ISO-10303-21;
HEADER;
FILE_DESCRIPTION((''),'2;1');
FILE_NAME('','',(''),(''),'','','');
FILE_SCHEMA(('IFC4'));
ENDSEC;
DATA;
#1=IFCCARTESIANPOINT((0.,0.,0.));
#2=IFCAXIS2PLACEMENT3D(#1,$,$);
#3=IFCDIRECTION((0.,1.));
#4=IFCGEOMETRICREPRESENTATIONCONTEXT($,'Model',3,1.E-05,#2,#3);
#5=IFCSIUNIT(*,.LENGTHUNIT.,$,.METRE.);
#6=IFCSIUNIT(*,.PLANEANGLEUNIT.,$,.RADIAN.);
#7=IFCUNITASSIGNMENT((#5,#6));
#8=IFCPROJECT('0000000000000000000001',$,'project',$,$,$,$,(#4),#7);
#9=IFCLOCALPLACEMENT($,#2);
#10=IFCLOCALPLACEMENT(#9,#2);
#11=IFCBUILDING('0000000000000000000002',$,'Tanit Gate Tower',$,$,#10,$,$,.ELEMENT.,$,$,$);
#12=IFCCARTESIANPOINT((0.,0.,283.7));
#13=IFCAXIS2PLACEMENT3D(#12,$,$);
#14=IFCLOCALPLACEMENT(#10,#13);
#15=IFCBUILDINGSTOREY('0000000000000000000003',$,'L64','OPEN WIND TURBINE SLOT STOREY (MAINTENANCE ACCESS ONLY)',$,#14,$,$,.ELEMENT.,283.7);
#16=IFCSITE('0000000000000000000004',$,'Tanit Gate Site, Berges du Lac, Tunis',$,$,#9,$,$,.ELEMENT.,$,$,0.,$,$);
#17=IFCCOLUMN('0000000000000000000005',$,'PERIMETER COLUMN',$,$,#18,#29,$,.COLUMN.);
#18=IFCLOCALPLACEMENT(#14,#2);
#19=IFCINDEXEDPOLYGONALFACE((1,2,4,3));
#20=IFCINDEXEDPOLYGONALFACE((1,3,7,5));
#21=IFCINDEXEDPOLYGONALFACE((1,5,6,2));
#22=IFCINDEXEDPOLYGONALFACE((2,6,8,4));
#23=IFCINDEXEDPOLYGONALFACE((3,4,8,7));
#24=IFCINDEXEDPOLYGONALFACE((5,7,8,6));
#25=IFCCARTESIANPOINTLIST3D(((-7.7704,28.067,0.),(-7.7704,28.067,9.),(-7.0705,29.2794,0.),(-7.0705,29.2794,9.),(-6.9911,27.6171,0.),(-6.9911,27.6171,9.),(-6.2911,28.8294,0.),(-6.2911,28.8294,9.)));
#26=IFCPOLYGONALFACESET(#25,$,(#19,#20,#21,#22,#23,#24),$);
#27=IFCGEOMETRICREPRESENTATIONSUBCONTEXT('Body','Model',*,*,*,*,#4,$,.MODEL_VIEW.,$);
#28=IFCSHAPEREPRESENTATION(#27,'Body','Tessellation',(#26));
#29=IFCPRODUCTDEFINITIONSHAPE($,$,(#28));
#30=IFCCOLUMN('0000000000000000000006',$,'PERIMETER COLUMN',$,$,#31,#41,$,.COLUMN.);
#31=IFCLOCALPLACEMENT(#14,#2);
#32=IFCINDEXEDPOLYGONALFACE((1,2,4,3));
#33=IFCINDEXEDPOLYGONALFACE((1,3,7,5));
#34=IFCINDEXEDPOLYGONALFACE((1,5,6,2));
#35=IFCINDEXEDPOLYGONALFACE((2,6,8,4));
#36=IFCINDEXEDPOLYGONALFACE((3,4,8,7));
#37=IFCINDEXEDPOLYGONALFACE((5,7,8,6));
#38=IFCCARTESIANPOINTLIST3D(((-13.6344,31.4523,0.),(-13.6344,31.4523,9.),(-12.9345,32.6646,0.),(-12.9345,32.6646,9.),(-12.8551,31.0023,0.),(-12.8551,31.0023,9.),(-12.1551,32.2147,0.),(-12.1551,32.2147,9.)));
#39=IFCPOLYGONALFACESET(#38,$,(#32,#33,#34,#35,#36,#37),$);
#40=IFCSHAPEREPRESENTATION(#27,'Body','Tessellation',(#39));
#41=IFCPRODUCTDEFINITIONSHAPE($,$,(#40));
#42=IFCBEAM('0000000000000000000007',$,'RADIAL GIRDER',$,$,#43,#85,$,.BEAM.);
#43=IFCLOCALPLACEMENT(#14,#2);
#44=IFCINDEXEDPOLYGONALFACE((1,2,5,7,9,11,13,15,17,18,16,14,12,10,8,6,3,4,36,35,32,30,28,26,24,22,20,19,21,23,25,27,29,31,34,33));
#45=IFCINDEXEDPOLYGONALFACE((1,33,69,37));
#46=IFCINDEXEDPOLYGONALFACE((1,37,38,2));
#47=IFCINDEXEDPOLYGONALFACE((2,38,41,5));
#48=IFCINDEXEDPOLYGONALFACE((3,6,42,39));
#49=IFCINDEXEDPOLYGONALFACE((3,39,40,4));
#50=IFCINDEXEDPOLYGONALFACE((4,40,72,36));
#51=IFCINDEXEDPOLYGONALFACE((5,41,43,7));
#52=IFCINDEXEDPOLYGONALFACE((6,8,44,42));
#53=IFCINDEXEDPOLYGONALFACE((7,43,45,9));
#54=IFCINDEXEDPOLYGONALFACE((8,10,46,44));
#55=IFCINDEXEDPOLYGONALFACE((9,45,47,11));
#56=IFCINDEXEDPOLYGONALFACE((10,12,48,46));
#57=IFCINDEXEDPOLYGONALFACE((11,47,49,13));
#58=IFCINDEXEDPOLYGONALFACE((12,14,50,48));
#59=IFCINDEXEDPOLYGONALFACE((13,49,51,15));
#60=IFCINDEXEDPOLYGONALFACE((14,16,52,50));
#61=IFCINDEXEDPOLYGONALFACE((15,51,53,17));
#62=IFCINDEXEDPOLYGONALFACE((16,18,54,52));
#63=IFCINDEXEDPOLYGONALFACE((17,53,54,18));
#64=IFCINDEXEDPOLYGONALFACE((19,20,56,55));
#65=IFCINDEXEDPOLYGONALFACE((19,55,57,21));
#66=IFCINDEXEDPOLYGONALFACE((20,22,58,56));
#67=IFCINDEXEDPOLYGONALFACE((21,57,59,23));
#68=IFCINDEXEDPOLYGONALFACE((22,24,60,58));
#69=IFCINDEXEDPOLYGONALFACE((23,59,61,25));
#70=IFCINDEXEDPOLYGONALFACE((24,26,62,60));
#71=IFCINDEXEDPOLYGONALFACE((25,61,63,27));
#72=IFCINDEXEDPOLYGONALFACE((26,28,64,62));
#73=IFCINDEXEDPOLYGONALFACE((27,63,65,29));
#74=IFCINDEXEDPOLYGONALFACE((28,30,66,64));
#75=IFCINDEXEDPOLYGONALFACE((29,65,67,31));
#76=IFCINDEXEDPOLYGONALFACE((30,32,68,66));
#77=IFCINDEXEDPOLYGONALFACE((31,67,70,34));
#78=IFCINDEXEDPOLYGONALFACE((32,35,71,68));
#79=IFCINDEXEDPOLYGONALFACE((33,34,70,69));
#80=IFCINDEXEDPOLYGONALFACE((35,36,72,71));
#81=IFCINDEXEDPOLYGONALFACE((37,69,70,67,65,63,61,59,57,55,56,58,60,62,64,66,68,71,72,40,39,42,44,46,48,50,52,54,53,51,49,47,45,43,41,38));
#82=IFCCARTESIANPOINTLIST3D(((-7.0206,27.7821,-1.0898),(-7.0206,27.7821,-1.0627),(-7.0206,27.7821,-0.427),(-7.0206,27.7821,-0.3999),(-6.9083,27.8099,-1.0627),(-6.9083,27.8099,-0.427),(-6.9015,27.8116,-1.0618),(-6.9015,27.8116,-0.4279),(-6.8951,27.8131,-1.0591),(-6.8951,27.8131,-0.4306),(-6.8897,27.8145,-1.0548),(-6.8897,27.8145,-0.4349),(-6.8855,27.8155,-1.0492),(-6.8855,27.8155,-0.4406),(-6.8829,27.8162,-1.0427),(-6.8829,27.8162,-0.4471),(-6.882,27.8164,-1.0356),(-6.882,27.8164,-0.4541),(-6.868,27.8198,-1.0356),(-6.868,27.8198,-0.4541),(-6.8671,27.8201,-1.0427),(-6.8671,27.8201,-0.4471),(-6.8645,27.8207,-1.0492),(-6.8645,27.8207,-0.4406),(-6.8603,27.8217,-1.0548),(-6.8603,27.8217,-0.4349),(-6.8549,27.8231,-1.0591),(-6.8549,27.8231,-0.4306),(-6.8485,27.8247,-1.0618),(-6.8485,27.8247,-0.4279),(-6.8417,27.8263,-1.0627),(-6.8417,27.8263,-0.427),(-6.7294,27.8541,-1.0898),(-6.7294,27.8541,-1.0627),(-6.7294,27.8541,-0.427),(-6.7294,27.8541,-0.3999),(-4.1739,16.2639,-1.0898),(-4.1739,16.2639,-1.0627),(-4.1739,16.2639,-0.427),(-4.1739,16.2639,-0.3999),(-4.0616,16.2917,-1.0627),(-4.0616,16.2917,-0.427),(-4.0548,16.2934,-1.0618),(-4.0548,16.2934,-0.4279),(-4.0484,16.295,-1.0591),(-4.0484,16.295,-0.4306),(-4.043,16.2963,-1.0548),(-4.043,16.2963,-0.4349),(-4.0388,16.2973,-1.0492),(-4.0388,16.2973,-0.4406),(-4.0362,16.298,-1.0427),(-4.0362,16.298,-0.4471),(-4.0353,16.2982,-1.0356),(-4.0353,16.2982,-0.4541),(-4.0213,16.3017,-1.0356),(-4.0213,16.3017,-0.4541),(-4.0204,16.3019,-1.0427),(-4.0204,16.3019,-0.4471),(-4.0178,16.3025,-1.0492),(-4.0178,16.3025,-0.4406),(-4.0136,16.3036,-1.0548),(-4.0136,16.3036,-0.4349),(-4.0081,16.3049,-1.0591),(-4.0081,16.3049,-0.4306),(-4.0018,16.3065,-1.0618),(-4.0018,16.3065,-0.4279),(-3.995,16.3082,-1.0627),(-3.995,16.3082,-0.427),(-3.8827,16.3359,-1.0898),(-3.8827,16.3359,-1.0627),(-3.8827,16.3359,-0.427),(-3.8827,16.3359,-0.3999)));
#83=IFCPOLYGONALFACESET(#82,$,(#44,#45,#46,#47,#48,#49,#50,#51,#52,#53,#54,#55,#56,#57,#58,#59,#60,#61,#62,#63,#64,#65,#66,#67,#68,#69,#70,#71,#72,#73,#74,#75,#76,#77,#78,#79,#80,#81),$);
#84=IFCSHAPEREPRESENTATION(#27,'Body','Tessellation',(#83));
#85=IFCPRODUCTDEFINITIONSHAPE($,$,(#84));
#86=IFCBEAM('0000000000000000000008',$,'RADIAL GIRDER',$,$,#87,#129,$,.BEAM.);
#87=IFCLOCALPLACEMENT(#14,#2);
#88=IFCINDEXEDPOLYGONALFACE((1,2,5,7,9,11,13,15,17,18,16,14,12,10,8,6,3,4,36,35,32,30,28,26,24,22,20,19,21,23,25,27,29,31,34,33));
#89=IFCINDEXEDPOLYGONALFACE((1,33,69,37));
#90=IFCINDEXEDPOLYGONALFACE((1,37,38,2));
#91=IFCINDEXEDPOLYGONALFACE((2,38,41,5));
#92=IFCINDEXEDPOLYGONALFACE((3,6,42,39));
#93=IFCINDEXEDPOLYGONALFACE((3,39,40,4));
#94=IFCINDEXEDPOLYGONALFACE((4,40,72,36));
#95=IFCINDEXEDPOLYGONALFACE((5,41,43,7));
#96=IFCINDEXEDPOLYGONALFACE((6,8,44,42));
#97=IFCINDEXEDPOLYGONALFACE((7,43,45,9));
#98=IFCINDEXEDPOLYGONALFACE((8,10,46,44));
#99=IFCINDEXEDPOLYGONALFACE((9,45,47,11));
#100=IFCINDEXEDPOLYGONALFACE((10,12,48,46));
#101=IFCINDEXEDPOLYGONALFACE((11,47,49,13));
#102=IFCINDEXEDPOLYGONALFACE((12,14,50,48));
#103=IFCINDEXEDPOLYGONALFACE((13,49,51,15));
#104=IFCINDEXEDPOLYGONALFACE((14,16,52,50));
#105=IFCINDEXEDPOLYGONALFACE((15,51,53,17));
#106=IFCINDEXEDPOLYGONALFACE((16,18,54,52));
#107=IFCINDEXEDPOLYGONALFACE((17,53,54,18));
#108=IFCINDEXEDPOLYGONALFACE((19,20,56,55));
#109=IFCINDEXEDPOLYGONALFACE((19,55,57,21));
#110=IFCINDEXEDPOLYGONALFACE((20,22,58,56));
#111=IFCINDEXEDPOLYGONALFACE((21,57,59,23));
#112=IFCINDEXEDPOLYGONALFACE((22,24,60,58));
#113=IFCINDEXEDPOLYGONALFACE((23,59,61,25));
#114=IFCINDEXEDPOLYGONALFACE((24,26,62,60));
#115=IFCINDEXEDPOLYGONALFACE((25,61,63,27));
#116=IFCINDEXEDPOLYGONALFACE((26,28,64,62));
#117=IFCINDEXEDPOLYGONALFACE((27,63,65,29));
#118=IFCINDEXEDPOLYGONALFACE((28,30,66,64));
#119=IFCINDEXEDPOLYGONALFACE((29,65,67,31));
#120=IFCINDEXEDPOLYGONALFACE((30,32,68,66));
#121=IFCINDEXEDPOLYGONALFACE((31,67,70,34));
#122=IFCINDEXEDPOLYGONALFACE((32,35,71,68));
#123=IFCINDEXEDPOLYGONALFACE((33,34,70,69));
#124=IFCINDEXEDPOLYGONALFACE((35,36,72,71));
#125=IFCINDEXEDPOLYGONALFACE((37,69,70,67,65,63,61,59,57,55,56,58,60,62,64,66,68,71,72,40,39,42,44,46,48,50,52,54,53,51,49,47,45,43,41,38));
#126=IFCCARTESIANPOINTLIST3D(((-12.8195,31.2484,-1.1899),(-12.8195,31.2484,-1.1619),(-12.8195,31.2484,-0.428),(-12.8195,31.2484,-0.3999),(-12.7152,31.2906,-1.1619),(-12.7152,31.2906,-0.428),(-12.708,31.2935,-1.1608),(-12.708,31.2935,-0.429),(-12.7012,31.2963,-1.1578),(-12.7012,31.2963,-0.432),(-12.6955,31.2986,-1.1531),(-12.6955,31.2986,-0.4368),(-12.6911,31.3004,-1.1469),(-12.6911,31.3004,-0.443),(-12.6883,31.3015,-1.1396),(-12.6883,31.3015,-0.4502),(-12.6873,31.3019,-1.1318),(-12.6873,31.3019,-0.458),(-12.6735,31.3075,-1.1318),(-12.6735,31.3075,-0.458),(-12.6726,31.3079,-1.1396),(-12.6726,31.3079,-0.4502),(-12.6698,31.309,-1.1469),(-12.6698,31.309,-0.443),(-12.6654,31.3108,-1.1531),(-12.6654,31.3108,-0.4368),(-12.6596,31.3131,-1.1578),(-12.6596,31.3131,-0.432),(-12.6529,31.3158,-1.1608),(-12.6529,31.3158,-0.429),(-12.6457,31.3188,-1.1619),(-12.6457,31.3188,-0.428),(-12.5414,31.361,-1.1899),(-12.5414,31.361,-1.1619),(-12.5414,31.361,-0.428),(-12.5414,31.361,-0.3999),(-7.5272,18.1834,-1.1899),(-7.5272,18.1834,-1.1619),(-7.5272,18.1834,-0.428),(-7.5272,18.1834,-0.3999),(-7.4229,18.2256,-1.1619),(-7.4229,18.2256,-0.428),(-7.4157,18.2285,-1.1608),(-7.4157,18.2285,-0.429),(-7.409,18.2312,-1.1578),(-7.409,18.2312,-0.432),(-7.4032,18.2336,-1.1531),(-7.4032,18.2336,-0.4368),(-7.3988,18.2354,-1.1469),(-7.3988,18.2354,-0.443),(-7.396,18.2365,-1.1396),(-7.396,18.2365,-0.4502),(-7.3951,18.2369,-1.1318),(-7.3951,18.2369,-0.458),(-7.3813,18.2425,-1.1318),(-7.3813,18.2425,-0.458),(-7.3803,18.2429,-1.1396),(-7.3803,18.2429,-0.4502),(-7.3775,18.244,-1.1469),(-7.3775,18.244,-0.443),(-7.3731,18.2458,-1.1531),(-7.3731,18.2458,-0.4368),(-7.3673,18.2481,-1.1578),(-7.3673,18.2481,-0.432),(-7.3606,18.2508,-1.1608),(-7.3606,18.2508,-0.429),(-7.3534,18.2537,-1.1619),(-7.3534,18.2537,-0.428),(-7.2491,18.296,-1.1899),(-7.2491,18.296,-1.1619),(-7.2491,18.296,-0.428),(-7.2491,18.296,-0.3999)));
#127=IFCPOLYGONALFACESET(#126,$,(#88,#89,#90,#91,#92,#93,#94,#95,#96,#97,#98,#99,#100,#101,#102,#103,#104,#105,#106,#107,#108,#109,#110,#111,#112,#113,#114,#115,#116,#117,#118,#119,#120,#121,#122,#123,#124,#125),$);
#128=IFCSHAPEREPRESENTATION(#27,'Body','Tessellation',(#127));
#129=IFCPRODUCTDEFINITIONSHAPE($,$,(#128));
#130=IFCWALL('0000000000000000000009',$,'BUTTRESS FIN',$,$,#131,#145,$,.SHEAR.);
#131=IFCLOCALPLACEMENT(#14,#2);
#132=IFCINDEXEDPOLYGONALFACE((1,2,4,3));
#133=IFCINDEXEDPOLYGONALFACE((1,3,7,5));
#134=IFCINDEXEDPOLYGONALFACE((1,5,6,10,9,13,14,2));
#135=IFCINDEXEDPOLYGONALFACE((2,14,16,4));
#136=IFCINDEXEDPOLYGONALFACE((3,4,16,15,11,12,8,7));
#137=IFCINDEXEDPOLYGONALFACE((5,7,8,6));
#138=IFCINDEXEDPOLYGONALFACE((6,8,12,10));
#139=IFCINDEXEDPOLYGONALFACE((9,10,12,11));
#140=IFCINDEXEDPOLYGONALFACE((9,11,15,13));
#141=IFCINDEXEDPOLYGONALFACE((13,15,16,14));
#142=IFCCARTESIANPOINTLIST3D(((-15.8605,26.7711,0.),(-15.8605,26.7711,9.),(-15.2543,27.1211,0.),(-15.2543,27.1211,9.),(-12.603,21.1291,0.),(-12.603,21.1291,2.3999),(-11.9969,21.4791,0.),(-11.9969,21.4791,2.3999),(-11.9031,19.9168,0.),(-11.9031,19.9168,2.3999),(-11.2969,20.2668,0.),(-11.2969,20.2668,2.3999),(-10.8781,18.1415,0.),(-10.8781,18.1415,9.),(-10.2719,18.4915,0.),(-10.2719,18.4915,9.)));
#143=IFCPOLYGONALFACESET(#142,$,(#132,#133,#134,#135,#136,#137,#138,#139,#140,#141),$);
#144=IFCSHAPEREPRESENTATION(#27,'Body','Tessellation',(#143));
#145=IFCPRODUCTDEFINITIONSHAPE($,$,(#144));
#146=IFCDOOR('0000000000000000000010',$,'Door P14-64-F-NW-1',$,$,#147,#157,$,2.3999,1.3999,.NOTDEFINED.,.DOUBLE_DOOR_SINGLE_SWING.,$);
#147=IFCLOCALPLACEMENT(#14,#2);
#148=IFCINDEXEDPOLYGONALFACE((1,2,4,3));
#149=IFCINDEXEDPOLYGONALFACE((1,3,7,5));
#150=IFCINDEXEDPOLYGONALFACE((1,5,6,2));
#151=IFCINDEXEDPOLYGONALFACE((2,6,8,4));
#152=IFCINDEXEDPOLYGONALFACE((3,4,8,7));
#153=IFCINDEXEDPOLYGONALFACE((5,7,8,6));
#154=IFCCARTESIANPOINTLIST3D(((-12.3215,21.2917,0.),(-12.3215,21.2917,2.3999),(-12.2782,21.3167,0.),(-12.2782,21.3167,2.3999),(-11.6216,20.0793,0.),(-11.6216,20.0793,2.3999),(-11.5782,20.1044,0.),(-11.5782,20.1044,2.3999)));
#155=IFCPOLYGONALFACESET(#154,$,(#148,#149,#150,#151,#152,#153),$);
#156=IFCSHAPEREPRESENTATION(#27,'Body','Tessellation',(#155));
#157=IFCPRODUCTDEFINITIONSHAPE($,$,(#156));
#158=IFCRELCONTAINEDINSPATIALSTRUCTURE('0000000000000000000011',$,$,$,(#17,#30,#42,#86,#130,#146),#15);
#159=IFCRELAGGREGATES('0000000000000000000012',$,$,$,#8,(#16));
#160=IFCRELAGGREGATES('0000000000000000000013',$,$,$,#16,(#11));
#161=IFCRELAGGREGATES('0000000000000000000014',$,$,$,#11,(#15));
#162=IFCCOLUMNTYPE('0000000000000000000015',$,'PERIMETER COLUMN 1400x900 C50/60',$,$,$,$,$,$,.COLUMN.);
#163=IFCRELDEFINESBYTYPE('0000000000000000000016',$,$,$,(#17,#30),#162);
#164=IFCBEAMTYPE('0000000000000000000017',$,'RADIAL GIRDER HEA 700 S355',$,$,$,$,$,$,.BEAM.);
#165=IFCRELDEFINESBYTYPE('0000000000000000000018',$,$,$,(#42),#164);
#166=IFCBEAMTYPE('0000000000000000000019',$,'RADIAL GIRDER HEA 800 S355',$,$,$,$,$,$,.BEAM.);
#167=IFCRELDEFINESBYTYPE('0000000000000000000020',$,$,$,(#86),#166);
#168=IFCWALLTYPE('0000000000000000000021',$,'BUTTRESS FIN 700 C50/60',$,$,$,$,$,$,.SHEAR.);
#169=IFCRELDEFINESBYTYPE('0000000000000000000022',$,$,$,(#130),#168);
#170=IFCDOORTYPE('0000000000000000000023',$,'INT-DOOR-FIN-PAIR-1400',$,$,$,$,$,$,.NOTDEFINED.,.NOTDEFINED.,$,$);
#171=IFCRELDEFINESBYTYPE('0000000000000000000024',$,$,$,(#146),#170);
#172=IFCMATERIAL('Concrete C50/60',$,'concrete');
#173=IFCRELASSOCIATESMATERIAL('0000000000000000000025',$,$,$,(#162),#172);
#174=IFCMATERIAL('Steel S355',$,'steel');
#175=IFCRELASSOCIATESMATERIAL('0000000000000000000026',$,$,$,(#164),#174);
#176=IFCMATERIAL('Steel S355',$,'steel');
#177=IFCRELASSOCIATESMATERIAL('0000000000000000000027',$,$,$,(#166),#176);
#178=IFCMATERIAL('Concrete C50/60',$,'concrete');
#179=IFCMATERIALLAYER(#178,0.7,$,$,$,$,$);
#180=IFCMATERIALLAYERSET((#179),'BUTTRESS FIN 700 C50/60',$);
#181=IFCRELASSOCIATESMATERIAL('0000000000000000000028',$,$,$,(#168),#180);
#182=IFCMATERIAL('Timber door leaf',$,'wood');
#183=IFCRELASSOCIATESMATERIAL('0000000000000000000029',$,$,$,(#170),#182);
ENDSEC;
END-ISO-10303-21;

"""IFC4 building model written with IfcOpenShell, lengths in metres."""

from ifc_helpers import new_model, si_unit, direction, frame, frame_2d, origin, origin_2d, place, context, subcontext, project, spatial, rectangle, i_section, extrude, material, layer, layer_set, material_profile, profile_set, type_object, element, fill, save


model = new_model("IFC4")

# Units and contexts
model_context = context("Model", 3, precision=1e-05, world=origin(), true_north=direction((0.0, 1.0)))
body_context = subcontext(model_context, "Body", "Model", "MODEL_VIEW")
ifc_project = project(units=[si_unit("LENGTHUNIT", "METRE"), si_unit("PLANEANGLEUNIT", "RADIAN")], contexts=[model_context])

# Site, building, storey
site_placement = place(None, origin())
site = spatial("IfcSite", under=ifc_project, at=site_placement, Name="Tanit Gate Site, Berges du Lac, Tunis", CompositionType="ELEMENT", RefElevation=0.0)
building_placement = place(site_placement, origin())
building = spatial("IfcBuilding", under=site, at=building_placement, Name="Tanit Gate Tower", CompositionType="ELEMENT")
storey_placement = place(building_placement, frame((0.0, 0.0, 283.7)))
storey = spatial("IfcBuildingStorey", under=building, at=storey_placement, Name="L64", Description="OPEN WIND TURBINE SLOT STOREY (MAINTENANCE ACCESS ONLY)", CompositionType="ELEMENT", Elevation=283.7)

# Columns
ifc_material_1 = material(Name="Concrete C50/60", Category="concrete")
ifc_material_profile_1 = material_profile(ifc_material_1, rectangle(XDim=1.3999, YDim=0.8999, at=origin_2d()), Name="RC 1400x900")
ifc_profile_set_1 = profile_set([ifc_material_profile_1], Name="Concrete C50/60")
column_type = type_object("IfcColumnType", Name="PERIMETER COLUMN 1400x900 C50/60", PredefinedType="COLUMN", material=ifc_profile_set_1)
for number, where, z_axis, x_axis, name in (
    (1, (-7.0308, 28.4482, 0.0), (0.0, 0.0, 1.0), (0.5, 0.866025, 0.0), "PERIMETER COLUMN"),
    (2, (-12.8948, 31.8335, 0.0), (0.0, 0.0, 1.0), (0.5, 0.866025, 0.0), "PERIMETER COLUMN"),
):
    element("IfcColumn", number, at=place(storey_placement, frame(where, z_axis=z_axis, x_axis=x_axis)), inside=storey, type_object=column_type, Name=name, PredefinedType="COLUMN", context=body_context, shape_type="SweptSolid", body=[
        extrude(rectangle(XDim=1.3999, YDim=0.8999, at=origin_2d()), origin(), (0.0, 0.0, 1.0), 9.0),
    ])

# Beams
ifc_material_2 = material(Name="Steel S355", Category="steel")
ifc_material_profile_2 = material_profile(ifc_material_2, i_section(OverallWidth=0.3, OverallDepth=0.6899, WebThickness=0.0144, FlangeThickness=0.0271, FilletRadius=0.0271, at=origin_2d()), Name="HEA 700")
ifc_profile_set_2 = profile_set([ifc_material_profile_2], Name="Steel S355")
beam_type_1 = type_object("IfcBeamType", Name="RADIAL GIRDER HEA 700 S355", PredefinedType="BEAM", material=ifc_profile_set_2)
beam_1_placement = place(storey_placement, frame((-6.875, 27.8181, -0.7449), z_axis=(0.23993, -0.97079, 0.0), x_axis=(0.97079, 0.23993, 0.0)))
element("IfcBeam", 3, at=beam_1_placement, inside=storey, type_object=beam_type_1, Name="RADIAL GIRDER", PredefinedType="BEAM", context=body_context, shape_type="SweptSolid", body=[
    extrude(i_section(OverallWidth=0.3, OverallDepth=0.6899, WebThickness=0.0144, FlangeThickness=0.0271, FilletRadius=0.0271, at=origin_2d()), origin(), (0.0, 0.0, 1.0), 11.8647),
])
ifc_material_3 = material(Name="Steel S355", Category="steel")
ifc_material_profile_3 = material_profile(ifc_material_3, i_section(OverallWidth=0.3, OverallDepth=0.79, WebThickness=0.0149, FlangeThickness=0.0281, FilletRadius=0.03, at=origin_2d()), Name="HEA 800")
ifc_profile_set_3 = profile_set([ifc_material_profile_3], Name="Steel S355")
beam_type_2 = type_object("IfcBeamType", Name="RADIAL GIRDER HEA 800 S355", PredefinedType="BEAM", material=ifc_profile_set_3)
beam_2_placement = place(storey_placement, frame((-12.6804, 31.3047, -0.7949), z_axis=(0.375439, -0.926847, 0.0), x_axis=(0.926847, 0.375439, 0.0)))
element("IfcBeam", 4, at=beam_2_placement, inside=storey, type_object=beam_type_2, Name="RADIAL GIRDER", PredefinedType="BEAM", context=body_context, shape_type="SweptSolid", body=[
    extrude(i_section(OverallWidth=0.3, OverallDepth=0.79, WebThickness=0.0149, FlangeThickness=0.0281, FilletRadius=0.03, at=origin_2d()), origin(), (0.0, 0.0, 1.0), 14.0962),
])

# Wall, opening, door
ifc_material_4 = material(Name="Concrete C50/60", Category="concrete")
ifc_layer_1 = layer(ifc_material_4, 0.7)
ifc_layer_set_1 = layer_set([ifc_layer_1], Name="BUTTRESS FIN 700 C50/60")
wall_type_1 = type_object("IfcWallType", Name="BUTTRESS FIN 700 C50/60", PredefinedType="SHEAR", material=ifc_layer_set_1)
wall_1_placement = place(storey_placement, frame((-10.575, 18.3164, 0.0), z_axis=(0.0, 0.0, 1.0), x_axis=(-0.500007, 0.866021, 0.0)))
wall_1 = element("IfcWall", 5, at=wall_1_placement, inside=storey, type_object=wall_type_1, Name="BUTTRESS FIN", PredefinedType="SHEAR", context=body_context, shape_type="SweptSolid", body=[
    extrude(rectangle(XDim=9.9646, YDim=0.7, at=frame_2d((4.9824, 0.0))), origin(), (0.0, 0.0, 1.0), 9.0),
])
opening_1_placement = place(wall_1_placement, frame((2.05, 0.0, 0.0)))
opening_1 = element("IfcOpeningElement", 6, at=opening_1_placement, cuts=wall_1, PredefinedType="OPENING", context=body_context, shape_type="SweptSolid", body=[
    extrude(rectangle(XDim=1.3999, YDim=2.3999, at=frame_2d((0.7, 1.2))), frame((0.0, 0.3599, 0.0), z_axis=(0.0, -1.0, 0.0), x_axis=(1.0, 0.0, 0.0)), (0.0, 0.0, 1.0), 0.72),
])
ifc_material_5 = material(Name="Timber door leaf", Category="wood")
door_type_1 = type_object("IfcDoorType", Name="INT-DOOR-FIN-PAIR-1400", OperationType="NOTDEFINED", PredefinedType="NOTDEFINED", material=ifc_material_5)
door_1_placement = place(opening_1_placement, origin())
door_1 = element("IfcDoor", 7, at=door_1_placement, inside=storey, type_object=door_type_1, Name="Door P14-64-F-NW-1", OperationType="DOUBLE_DOOR_SINGLE_SWING", OverallHeight=2.3999, OverallWidth=1.3999, PredefinedType="NOTDEFINED", context=body_context, shape_type="SweptSolid", body=[
    extrude(rectangle(XDim=1.3999, YDim=2.3999, at=frame_2d((0.7, 1.2))), frame((0.0, 0.0249, 0.0), z_axis=(0.0, -1.0, 0.0), x_axis=(1.0, 0.0, 0.0)), (0.0, 0.0, 1.0), 0.05),
])
fill(opening_1, door_1)

save(model, "model.ifc")
